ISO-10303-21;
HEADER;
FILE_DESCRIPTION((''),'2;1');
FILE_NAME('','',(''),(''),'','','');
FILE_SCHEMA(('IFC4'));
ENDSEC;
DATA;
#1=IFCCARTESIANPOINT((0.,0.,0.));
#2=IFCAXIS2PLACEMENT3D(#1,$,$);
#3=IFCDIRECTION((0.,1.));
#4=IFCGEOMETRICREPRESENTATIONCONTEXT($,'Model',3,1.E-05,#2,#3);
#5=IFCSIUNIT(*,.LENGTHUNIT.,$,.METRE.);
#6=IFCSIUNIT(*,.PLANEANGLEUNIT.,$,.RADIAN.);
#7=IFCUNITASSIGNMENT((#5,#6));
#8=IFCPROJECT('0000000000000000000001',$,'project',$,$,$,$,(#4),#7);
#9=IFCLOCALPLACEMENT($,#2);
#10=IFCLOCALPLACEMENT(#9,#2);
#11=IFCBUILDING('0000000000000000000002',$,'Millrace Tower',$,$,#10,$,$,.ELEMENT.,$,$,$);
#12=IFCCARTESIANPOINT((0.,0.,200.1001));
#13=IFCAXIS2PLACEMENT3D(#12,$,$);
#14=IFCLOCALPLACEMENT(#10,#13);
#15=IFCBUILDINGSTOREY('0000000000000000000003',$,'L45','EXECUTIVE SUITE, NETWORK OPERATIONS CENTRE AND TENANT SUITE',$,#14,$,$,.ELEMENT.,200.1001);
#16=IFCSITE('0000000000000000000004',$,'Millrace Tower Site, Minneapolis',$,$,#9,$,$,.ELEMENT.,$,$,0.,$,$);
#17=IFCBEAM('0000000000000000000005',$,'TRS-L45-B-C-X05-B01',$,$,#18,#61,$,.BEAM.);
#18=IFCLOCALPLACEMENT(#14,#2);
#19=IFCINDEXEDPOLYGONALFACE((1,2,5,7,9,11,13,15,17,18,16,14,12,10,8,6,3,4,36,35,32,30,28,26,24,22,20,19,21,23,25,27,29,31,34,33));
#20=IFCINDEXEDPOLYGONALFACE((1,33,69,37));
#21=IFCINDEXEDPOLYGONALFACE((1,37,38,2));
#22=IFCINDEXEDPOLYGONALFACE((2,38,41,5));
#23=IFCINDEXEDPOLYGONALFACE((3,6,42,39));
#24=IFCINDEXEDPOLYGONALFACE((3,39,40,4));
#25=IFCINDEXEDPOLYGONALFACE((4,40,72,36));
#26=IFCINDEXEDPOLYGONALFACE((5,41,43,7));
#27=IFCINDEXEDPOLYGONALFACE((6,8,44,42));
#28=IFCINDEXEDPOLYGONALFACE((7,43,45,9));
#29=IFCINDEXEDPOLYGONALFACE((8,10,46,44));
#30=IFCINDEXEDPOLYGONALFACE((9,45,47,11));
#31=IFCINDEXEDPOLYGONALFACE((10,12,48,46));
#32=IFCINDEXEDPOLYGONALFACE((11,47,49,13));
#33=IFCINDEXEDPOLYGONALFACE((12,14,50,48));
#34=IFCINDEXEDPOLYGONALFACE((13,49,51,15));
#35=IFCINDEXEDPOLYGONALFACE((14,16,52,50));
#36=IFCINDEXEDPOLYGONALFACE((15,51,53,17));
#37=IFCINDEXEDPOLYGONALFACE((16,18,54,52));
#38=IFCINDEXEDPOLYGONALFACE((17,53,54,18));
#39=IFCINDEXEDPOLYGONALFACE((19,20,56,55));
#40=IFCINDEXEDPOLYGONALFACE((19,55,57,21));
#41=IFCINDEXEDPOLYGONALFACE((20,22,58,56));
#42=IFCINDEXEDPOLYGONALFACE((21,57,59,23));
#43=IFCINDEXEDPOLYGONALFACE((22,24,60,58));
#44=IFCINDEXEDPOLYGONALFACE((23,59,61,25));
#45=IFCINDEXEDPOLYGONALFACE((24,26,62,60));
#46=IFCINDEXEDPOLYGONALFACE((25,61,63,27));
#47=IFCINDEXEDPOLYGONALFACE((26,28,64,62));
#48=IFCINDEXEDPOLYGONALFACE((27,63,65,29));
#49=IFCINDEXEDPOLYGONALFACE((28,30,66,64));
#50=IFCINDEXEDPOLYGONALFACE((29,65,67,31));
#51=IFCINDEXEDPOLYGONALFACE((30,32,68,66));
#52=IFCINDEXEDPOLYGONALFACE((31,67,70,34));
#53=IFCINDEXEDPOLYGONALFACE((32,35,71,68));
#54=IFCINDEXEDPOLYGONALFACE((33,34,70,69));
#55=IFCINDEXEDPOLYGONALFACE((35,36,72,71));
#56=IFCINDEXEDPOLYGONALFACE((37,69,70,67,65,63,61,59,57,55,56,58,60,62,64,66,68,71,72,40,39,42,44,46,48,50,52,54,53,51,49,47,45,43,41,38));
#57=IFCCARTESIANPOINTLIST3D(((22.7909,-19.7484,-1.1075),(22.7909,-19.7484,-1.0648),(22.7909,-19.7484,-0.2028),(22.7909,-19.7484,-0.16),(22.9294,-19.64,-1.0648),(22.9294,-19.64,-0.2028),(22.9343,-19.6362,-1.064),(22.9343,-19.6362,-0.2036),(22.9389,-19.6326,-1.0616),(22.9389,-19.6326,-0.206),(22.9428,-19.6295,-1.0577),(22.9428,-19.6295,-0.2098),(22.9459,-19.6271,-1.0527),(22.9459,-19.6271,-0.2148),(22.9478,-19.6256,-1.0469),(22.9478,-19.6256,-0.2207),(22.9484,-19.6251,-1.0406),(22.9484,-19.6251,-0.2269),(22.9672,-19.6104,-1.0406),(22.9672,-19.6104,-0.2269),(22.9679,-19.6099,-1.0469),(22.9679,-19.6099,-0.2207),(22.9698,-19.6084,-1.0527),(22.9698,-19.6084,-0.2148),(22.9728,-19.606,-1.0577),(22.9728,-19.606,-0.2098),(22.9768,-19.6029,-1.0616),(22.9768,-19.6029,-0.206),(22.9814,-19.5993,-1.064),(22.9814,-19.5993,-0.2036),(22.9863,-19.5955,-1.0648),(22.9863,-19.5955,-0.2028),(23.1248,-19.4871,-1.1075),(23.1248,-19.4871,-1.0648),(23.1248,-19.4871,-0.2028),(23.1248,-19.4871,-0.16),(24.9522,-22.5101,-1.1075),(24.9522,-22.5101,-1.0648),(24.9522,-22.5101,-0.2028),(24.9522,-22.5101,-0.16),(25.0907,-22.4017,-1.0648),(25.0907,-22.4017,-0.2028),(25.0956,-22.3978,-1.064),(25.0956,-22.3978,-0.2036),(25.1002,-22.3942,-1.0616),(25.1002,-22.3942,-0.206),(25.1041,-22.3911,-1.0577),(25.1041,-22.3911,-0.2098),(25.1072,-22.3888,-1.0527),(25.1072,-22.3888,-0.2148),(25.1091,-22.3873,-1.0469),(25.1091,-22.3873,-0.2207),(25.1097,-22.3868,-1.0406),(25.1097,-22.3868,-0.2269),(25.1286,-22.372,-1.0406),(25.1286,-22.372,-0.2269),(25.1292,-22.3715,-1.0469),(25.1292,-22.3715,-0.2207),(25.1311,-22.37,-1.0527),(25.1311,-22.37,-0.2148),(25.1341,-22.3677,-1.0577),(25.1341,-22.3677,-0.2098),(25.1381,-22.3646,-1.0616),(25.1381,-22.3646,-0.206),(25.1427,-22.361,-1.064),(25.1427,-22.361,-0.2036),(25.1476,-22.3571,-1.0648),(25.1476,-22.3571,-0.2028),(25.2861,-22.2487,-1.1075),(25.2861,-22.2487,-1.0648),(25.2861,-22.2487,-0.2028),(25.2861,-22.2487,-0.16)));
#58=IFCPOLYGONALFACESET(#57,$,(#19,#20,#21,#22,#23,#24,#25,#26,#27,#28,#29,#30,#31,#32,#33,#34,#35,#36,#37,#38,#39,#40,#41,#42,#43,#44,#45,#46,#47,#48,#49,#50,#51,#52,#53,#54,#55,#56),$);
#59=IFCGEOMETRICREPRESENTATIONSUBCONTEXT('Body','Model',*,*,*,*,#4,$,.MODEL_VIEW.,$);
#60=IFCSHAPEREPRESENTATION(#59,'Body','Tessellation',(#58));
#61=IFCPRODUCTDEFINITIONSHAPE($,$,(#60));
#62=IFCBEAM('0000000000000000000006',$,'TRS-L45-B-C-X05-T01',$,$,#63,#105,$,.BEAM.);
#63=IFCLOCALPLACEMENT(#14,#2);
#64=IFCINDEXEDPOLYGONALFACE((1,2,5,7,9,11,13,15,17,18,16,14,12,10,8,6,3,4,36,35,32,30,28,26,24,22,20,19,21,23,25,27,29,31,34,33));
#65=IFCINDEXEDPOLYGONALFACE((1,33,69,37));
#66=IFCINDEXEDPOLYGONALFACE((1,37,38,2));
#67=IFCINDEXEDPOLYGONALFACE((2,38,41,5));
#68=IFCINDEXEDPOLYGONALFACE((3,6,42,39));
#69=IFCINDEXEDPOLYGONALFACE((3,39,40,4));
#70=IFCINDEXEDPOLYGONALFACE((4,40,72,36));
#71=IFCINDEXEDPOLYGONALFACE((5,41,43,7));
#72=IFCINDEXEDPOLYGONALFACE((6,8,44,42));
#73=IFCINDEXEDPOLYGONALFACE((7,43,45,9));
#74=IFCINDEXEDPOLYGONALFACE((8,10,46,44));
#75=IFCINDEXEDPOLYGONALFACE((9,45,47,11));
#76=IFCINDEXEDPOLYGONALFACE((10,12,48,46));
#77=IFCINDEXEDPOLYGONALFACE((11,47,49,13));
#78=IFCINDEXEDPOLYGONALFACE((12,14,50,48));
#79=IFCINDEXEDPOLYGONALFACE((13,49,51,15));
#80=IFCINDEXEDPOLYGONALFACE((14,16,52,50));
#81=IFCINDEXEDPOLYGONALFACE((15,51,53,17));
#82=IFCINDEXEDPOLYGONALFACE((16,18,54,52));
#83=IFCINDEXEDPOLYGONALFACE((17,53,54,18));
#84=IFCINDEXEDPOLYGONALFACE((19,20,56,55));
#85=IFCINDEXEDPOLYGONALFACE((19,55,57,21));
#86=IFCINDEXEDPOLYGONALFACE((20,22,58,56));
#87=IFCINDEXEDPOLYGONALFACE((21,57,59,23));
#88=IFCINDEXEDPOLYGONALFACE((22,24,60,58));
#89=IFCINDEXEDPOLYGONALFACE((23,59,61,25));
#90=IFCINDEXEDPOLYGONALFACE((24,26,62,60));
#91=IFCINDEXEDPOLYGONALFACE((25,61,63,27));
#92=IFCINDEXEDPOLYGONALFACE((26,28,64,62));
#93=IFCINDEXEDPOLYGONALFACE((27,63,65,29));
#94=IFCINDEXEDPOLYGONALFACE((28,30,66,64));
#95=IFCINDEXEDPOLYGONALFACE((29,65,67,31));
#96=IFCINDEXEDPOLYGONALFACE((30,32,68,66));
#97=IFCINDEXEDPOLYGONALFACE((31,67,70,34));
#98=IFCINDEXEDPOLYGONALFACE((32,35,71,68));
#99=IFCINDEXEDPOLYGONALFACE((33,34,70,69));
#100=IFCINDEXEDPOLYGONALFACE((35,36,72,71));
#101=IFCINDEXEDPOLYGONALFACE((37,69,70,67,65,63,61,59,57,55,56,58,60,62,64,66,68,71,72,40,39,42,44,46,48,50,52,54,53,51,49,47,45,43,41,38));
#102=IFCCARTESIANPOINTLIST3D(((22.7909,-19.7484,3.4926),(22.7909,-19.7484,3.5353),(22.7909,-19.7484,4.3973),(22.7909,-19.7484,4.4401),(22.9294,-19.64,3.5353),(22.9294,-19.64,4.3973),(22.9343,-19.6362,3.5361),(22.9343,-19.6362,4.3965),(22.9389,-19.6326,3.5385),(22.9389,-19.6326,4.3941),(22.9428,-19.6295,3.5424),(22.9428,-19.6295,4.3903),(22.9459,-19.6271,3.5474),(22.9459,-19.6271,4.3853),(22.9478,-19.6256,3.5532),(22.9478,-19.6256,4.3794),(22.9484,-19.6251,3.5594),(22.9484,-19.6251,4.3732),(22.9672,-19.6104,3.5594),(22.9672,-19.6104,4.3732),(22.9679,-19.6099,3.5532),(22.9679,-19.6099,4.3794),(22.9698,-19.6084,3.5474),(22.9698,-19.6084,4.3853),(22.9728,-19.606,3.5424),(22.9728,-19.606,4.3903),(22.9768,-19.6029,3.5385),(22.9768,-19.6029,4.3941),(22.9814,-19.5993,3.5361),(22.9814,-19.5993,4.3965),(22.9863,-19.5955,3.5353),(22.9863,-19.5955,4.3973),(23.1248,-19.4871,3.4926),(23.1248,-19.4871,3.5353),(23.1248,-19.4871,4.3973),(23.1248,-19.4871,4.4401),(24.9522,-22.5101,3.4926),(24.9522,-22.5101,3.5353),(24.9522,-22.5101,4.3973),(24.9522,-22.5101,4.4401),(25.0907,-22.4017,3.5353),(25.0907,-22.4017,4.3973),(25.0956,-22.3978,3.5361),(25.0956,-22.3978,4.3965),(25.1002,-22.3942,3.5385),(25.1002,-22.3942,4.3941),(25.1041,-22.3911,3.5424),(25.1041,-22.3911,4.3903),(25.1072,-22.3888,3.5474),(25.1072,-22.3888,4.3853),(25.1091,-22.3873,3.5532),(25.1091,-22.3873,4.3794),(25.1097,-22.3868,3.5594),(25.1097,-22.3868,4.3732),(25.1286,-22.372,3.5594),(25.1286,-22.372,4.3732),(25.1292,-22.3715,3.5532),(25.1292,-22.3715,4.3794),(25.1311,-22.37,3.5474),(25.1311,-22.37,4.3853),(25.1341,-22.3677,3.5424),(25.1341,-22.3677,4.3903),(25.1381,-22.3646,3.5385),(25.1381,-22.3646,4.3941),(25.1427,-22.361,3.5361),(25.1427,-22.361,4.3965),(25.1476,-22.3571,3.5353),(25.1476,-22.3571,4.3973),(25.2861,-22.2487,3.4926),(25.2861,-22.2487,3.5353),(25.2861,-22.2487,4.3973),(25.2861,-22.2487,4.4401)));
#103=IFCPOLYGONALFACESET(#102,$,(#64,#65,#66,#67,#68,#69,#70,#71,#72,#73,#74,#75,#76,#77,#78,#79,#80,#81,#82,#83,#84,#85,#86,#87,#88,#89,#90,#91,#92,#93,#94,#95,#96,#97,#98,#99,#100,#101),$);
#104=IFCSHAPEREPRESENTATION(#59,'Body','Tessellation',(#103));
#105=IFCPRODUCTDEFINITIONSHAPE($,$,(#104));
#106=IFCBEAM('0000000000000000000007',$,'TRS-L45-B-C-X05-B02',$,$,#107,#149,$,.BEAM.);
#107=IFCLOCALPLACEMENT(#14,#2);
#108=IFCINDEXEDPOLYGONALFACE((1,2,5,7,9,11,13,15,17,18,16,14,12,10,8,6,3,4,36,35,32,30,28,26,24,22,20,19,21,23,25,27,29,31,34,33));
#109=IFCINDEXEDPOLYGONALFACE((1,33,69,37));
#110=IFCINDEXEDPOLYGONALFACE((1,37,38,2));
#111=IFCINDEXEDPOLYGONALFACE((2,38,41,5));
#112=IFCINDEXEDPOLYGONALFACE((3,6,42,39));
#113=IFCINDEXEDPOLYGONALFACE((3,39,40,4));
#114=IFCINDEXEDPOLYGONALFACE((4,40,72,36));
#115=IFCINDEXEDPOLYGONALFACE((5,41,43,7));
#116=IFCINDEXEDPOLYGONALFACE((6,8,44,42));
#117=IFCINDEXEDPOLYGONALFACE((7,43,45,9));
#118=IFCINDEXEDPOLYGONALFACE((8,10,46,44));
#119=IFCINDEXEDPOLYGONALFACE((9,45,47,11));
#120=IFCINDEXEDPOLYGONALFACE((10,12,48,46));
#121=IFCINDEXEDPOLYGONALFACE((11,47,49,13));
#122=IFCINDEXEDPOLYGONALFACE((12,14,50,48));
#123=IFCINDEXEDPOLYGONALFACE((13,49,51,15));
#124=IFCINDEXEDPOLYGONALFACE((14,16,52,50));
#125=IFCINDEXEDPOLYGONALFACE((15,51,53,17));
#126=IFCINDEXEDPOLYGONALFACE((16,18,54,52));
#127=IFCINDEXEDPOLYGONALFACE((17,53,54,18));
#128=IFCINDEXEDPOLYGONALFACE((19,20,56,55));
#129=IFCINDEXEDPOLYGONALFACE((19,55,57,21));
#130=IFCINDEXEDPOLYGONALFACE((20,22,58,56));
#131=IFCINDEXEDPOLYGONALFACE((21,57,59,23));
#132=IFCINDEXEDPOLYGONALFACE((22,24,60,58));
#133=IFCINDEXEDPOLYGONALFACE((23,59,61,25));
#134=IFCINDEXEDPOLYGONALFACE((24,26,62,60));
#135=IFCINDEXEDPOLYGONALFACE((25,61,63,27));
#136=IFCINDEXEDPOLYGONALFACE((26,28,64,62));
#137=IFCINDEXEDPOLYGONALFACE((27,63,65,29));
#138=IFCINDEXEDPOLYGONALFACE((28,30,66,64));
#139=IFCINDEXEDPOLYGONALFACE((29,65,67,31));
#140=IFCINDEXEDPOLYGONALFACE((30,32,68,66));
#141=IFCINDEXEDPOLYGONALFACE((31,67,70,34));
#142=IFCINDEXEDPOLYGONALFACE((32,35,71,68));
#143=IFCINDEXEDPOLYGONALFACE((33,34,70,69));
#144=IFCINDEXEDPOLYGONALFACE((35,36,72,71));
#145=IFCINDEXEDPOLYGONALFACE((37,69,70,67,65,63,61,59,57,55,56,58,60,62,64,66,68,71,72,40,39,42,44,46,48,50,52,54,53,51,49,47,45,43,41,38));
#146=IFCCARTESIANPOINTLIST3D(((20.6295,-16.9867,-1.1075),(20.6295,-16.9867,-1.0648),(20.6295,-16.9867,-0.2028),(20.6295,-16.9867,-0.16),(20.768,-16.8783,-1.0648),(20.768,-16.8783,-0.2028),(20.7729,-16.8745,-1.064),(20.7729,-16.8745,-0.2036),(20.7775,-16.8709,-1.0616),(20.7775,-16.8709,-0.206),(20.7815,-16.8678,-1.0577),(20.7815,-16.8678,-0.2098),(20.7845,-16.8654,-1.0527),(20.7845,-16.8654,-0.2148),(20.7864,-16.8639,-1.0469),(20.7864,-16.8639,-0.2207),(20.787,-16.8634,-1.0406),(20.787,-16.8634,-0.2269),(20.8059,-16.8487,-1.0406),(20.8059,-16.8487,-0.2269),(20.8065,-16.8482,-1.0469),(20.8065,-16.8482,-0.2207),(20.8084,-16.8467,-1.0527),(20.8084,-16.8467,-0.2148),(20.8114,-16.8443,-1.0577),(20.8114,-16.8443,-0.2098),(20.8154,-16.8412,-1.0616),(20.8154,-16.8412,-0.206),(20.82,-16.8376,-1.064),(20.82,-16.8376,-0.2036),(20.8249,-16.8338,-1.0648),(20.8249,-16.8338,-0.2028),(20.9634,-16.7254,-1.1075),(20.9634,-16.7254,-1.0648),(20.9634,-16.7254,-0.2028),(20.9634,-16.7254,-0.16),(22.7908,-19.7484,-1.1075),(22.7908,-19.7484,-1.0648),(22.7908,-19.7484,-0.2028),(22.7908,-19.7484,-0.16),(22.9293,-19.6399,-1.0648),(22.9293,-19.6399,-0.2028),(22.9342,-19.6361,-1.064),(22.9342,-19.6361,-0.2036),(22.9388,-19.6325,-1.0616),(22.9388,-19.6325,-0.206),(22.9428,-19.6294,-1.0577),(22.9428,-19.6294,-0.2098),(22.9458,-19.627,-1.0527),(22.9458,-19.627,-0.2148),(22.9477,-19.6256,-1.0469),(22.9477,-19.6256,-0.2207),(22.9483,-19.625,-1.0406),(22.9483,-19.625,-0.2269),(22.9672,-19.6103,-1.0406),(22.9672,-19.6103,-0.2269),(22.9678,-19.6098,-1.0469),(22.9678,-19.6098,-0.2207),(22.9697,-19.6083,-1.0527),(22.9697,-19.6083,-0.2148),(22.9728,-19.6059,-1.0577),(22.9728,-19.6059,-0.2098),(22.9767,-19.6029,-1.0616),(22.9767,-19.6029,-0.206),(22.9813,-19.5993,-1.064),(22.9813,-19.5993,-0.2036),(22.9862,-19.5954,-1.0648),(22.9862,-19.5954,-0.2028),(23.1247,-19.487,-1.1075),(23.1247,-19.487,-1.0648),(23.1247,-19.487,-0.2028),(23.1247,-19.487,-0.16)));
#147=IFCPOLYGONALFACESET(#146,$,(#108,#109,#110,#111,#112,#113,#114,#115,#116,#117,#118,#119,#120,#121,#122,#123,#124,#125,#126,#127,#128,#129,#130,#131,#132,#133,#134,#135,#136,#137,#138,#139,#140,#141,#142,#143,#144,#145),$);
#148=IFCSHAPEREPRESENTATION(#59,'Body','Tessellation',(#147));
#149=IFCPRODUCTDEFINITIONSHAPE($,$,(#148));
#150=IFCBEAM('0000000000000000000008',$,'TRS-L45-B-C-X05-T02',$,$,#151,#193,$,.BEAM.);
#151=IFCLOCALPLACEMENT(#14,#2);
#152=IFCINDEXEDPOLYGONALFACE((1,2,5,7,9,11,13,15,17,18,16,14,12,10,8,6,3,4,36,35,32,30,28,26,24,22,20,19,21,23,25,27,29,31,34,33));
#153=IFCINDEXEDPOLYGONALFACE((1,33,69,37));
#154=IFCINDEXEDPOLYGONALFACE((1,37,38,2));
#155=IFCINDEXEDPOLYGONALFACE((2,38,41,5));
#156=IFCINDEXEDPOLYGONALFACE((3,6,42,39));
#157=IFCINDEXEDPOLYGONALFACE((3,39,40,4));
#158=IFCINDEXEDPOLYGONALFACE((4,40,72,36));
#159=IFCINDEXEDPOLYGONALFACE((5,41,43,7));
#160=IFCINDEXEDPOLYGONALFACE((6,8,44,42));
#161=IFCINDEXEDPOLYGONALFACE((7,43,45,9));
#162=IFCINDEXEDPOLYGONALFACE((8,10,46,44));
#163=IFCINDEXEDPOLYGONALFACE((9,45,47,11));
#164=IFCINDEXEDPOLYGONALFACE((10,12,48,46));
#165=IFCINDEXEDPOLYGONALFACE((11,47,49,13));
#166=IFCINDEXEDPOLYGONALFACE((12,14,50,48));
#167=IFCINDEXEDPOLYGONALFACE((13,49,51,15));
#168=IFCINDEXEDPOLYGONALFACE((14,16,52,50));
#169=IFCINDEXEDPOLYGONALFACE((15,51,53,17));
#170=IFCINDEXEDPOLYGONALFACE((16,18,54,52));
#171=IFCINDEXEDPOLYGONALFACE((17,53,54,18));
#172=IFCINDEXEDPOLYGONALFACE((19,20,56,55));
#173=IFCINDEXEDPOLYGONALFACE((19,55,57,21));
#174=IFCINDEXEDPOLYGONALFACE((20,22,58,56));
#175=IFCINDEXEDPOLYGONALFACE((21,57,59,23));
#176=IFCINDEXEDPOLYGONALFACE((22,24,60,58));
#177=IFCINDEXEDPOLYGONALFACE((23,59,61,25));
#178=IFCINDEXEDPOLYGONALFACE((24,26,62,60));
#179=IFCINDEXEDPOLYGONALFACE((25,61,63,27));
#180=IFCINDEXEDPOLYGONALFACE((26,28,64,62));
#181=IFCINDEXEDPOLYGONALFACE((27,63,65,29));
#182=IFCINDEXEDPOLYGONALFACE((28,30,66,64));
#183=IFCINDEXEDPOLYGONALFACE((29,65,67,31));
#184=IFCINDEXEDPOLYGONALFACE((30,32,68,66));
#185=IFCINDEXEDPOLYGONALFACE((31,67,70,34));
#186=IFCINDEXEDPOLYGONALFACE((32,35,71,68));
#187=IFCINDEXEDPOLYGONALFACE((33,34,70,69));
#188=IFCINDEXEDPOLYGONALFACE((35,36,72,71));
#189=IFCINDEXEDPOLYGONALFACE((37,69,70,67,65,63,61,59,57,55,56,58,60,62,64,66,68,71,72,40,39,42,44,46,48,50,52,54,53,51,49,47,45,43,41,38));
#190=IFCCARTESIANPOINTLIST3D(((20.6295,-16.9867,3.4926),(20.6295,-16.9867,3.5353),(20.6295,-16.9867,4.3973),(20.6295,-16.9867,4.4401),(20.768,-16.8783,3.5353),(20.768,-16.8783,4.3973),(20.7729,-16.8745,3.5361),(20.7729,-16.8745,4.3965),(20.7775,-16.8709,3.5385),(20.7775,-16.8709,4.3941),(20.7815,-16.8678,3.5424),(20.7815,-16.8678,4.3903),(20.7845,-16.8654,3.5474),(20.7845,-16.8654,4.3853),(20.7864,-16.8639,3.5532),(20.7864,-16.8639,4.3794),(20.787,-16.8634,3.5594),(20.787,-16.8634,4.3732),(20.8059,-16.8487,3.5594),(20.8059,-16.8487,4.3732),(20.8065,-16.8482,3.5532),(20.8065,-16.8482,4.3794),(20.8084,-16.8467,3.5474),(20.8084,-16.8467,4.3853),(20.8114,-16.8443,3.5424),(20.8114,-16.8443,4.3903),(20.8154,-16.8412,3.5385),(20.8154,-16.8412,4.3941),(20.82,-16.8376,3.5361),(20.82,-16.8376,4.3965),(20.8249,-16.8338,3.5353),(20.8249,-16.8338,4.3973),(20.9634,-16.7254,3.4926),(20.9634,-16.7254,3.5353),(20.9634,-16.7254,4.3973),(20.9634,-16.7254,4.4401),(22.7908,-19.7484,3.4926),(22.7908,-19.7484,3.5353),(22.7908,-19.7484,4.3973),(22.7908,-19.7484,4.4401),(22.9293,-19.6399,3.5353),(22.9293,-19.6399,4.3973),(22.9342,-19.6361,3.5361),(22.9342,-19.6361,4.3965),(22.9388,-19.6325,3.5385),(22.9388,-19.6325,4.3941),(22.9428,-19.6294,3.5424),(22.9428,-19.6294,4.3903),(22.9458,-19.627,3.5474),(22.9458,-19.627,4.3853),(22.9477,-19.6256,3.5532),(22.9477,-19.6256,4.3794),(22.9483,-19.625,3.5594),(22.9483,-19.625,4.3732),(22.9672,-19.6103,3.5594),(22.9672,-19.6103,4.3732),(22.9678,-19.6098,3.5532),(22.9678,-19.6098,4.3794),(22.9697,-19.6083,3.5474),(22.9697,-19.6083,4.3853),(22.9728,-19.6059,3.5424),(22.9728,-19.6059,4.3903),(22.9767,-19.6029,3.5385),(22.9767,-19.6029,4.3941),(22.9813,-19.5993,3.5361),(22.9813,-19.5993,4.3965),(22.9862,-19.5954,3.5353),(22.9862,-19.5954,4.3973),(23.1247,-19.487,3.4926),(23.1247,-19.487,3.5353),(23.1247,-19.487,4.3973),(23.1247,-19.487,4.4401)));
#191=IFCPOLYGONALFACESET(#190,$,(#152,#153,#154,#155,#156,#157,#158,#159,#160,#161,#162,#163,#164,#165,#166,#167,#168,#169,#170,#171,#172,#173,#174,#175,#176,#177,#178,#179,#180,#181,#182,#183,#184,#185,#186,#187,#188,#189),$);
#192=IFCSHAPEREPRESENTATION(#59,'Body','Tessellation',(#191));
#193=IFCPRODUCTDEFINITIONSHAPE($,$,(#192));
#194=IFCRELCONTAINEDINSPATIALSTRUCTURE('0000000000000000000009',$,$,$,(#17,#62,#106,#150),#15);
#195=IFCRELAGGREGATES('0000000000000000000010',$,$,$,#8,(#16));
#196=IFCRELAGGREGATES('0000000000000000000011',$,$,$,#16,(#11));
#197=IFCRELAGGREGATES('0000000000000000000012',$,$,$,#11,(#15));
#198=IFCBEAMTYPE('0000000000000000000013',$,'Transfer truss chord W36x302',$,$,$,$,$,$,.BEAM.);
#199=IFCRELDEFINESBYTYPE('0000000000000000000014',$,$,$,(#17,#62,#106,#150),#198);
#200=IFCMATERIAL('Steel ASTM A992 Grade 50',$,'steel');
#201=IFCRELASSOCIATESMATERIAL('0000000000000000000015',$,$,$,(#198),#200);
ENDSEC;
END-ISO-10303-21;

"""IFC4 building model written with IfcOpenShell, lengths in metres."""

from ifc_helpers import new_model, si_unit, direction, frame, origin, origin_2d, place, context, subcontext, project, spatial, i_section, extrude, material, material_profile, profile_set, type_object, element, save


model = new_model("IFC4")

# Units and contexts
model_context = context("Model", 3, precision=1e-05, world=origin(), true_north=direction((0.0, 1.0)))
body_context = subcontext(model_context, "Body", "Model", "MODEL_VIEW")
ifc_project = project(units=[si_unit("LENGTHUNIT", "METRE"), si_unit("PLANEANGLEUNIT", "RADIAN")], contexts=[model_context])

# Site, building, storey
site_placement = place(None, origin())
site = spatial("IfcSite", under=ifc_project, at=site_placement, Name="Millrace Tower Site, Minneapolis", CompositionType="ELEMENT", RefElevation=0.0)
building_placement = place(site_placement, origin())
building = spatial("IfcBuilding", under=site, at=building_placement, Name="Millrace Tower", CompositionType="ELEMENT")
storey_placement = place(building_placement, frame((0.0, 0.0, 200.1001)))
storey = spatial("IfcBuildingStorey", under=building, at=storey_placement, Name="L45", Description="EXECUTIVE SUITE, NETWORK OPERATIONS CENTRE AND TENANT SUITE", CompositionType="ELEMENT", Elevation=200.1001)

# Beams
ifc_material_1 = material(Name="Steel ASTM A992 Grade 50", Category="steel")
ifc_material_profile_1 = material_profile(ifc_material_1, i_section(OverallWidth=0.4241, OverallDepth=0.9475, WebThickness=0.0239, FlangeThickness=0.0427, FilletRadius=0.0242, at=origin_2d()))
ifc_profile_set_1 = profile_set([ifc_material_profile_1], Name="Steel ASTM A992 Grade 50")
beam_type = type_object("IfcBeamType", Name="Transfer truss chord W36x302", PredefinedType="BEAM", material=ifc_profile_set_1)
for number, where, z_axis, x_axis, name in (
    (1, (25.1191, -22.3794, -0.6338), (-0.616314, 0.787501, 0.0), (-0.787501, -0.616314, 0.0), "TRS-L45-B-C-X05-B01"),
    (2, (25.1191, -22.3794, 3.9663), (-0.616314, 0.787501, 0.0), (-0.787501, -0.616314, 0.0), "TRS-L45-B-C-X05-T01"),
    (3, (22.9578, -19.6177, -0.6338), (-0.616314, 0.787501, 0.0), (-0.787501, -0.616314, 0.0), "TRS-L45-B-C-X05-B02"),
    (4, (22.9578, -19.6177, 3.9663), (-0.616314, 0.787501, 0.0), (-0.787501, -0.616314, 0.0), "TRS-L45-B-C-X05-T02"),
):
    element("IfcBeam", number, at=place(storey_placement, frame(where, z_axis=z_axis, x_axis=x_axis)), inside=storey, type_object=beam_type, Name=name, PredefinedType="BEAM", context=body_context, shape_type="SweptSolid", body=[
        extrude(i_section(OverallWidth=0.4241, OverallDepth=0.9475, WebThickness=0.0239, FlangeThickness=0.0427, FilletRadius=0.0242, at=origin_2d()), origin(), (0.0, 0.0, 1.0), 3.5068),
    ])

save(model, "model.ifc")
